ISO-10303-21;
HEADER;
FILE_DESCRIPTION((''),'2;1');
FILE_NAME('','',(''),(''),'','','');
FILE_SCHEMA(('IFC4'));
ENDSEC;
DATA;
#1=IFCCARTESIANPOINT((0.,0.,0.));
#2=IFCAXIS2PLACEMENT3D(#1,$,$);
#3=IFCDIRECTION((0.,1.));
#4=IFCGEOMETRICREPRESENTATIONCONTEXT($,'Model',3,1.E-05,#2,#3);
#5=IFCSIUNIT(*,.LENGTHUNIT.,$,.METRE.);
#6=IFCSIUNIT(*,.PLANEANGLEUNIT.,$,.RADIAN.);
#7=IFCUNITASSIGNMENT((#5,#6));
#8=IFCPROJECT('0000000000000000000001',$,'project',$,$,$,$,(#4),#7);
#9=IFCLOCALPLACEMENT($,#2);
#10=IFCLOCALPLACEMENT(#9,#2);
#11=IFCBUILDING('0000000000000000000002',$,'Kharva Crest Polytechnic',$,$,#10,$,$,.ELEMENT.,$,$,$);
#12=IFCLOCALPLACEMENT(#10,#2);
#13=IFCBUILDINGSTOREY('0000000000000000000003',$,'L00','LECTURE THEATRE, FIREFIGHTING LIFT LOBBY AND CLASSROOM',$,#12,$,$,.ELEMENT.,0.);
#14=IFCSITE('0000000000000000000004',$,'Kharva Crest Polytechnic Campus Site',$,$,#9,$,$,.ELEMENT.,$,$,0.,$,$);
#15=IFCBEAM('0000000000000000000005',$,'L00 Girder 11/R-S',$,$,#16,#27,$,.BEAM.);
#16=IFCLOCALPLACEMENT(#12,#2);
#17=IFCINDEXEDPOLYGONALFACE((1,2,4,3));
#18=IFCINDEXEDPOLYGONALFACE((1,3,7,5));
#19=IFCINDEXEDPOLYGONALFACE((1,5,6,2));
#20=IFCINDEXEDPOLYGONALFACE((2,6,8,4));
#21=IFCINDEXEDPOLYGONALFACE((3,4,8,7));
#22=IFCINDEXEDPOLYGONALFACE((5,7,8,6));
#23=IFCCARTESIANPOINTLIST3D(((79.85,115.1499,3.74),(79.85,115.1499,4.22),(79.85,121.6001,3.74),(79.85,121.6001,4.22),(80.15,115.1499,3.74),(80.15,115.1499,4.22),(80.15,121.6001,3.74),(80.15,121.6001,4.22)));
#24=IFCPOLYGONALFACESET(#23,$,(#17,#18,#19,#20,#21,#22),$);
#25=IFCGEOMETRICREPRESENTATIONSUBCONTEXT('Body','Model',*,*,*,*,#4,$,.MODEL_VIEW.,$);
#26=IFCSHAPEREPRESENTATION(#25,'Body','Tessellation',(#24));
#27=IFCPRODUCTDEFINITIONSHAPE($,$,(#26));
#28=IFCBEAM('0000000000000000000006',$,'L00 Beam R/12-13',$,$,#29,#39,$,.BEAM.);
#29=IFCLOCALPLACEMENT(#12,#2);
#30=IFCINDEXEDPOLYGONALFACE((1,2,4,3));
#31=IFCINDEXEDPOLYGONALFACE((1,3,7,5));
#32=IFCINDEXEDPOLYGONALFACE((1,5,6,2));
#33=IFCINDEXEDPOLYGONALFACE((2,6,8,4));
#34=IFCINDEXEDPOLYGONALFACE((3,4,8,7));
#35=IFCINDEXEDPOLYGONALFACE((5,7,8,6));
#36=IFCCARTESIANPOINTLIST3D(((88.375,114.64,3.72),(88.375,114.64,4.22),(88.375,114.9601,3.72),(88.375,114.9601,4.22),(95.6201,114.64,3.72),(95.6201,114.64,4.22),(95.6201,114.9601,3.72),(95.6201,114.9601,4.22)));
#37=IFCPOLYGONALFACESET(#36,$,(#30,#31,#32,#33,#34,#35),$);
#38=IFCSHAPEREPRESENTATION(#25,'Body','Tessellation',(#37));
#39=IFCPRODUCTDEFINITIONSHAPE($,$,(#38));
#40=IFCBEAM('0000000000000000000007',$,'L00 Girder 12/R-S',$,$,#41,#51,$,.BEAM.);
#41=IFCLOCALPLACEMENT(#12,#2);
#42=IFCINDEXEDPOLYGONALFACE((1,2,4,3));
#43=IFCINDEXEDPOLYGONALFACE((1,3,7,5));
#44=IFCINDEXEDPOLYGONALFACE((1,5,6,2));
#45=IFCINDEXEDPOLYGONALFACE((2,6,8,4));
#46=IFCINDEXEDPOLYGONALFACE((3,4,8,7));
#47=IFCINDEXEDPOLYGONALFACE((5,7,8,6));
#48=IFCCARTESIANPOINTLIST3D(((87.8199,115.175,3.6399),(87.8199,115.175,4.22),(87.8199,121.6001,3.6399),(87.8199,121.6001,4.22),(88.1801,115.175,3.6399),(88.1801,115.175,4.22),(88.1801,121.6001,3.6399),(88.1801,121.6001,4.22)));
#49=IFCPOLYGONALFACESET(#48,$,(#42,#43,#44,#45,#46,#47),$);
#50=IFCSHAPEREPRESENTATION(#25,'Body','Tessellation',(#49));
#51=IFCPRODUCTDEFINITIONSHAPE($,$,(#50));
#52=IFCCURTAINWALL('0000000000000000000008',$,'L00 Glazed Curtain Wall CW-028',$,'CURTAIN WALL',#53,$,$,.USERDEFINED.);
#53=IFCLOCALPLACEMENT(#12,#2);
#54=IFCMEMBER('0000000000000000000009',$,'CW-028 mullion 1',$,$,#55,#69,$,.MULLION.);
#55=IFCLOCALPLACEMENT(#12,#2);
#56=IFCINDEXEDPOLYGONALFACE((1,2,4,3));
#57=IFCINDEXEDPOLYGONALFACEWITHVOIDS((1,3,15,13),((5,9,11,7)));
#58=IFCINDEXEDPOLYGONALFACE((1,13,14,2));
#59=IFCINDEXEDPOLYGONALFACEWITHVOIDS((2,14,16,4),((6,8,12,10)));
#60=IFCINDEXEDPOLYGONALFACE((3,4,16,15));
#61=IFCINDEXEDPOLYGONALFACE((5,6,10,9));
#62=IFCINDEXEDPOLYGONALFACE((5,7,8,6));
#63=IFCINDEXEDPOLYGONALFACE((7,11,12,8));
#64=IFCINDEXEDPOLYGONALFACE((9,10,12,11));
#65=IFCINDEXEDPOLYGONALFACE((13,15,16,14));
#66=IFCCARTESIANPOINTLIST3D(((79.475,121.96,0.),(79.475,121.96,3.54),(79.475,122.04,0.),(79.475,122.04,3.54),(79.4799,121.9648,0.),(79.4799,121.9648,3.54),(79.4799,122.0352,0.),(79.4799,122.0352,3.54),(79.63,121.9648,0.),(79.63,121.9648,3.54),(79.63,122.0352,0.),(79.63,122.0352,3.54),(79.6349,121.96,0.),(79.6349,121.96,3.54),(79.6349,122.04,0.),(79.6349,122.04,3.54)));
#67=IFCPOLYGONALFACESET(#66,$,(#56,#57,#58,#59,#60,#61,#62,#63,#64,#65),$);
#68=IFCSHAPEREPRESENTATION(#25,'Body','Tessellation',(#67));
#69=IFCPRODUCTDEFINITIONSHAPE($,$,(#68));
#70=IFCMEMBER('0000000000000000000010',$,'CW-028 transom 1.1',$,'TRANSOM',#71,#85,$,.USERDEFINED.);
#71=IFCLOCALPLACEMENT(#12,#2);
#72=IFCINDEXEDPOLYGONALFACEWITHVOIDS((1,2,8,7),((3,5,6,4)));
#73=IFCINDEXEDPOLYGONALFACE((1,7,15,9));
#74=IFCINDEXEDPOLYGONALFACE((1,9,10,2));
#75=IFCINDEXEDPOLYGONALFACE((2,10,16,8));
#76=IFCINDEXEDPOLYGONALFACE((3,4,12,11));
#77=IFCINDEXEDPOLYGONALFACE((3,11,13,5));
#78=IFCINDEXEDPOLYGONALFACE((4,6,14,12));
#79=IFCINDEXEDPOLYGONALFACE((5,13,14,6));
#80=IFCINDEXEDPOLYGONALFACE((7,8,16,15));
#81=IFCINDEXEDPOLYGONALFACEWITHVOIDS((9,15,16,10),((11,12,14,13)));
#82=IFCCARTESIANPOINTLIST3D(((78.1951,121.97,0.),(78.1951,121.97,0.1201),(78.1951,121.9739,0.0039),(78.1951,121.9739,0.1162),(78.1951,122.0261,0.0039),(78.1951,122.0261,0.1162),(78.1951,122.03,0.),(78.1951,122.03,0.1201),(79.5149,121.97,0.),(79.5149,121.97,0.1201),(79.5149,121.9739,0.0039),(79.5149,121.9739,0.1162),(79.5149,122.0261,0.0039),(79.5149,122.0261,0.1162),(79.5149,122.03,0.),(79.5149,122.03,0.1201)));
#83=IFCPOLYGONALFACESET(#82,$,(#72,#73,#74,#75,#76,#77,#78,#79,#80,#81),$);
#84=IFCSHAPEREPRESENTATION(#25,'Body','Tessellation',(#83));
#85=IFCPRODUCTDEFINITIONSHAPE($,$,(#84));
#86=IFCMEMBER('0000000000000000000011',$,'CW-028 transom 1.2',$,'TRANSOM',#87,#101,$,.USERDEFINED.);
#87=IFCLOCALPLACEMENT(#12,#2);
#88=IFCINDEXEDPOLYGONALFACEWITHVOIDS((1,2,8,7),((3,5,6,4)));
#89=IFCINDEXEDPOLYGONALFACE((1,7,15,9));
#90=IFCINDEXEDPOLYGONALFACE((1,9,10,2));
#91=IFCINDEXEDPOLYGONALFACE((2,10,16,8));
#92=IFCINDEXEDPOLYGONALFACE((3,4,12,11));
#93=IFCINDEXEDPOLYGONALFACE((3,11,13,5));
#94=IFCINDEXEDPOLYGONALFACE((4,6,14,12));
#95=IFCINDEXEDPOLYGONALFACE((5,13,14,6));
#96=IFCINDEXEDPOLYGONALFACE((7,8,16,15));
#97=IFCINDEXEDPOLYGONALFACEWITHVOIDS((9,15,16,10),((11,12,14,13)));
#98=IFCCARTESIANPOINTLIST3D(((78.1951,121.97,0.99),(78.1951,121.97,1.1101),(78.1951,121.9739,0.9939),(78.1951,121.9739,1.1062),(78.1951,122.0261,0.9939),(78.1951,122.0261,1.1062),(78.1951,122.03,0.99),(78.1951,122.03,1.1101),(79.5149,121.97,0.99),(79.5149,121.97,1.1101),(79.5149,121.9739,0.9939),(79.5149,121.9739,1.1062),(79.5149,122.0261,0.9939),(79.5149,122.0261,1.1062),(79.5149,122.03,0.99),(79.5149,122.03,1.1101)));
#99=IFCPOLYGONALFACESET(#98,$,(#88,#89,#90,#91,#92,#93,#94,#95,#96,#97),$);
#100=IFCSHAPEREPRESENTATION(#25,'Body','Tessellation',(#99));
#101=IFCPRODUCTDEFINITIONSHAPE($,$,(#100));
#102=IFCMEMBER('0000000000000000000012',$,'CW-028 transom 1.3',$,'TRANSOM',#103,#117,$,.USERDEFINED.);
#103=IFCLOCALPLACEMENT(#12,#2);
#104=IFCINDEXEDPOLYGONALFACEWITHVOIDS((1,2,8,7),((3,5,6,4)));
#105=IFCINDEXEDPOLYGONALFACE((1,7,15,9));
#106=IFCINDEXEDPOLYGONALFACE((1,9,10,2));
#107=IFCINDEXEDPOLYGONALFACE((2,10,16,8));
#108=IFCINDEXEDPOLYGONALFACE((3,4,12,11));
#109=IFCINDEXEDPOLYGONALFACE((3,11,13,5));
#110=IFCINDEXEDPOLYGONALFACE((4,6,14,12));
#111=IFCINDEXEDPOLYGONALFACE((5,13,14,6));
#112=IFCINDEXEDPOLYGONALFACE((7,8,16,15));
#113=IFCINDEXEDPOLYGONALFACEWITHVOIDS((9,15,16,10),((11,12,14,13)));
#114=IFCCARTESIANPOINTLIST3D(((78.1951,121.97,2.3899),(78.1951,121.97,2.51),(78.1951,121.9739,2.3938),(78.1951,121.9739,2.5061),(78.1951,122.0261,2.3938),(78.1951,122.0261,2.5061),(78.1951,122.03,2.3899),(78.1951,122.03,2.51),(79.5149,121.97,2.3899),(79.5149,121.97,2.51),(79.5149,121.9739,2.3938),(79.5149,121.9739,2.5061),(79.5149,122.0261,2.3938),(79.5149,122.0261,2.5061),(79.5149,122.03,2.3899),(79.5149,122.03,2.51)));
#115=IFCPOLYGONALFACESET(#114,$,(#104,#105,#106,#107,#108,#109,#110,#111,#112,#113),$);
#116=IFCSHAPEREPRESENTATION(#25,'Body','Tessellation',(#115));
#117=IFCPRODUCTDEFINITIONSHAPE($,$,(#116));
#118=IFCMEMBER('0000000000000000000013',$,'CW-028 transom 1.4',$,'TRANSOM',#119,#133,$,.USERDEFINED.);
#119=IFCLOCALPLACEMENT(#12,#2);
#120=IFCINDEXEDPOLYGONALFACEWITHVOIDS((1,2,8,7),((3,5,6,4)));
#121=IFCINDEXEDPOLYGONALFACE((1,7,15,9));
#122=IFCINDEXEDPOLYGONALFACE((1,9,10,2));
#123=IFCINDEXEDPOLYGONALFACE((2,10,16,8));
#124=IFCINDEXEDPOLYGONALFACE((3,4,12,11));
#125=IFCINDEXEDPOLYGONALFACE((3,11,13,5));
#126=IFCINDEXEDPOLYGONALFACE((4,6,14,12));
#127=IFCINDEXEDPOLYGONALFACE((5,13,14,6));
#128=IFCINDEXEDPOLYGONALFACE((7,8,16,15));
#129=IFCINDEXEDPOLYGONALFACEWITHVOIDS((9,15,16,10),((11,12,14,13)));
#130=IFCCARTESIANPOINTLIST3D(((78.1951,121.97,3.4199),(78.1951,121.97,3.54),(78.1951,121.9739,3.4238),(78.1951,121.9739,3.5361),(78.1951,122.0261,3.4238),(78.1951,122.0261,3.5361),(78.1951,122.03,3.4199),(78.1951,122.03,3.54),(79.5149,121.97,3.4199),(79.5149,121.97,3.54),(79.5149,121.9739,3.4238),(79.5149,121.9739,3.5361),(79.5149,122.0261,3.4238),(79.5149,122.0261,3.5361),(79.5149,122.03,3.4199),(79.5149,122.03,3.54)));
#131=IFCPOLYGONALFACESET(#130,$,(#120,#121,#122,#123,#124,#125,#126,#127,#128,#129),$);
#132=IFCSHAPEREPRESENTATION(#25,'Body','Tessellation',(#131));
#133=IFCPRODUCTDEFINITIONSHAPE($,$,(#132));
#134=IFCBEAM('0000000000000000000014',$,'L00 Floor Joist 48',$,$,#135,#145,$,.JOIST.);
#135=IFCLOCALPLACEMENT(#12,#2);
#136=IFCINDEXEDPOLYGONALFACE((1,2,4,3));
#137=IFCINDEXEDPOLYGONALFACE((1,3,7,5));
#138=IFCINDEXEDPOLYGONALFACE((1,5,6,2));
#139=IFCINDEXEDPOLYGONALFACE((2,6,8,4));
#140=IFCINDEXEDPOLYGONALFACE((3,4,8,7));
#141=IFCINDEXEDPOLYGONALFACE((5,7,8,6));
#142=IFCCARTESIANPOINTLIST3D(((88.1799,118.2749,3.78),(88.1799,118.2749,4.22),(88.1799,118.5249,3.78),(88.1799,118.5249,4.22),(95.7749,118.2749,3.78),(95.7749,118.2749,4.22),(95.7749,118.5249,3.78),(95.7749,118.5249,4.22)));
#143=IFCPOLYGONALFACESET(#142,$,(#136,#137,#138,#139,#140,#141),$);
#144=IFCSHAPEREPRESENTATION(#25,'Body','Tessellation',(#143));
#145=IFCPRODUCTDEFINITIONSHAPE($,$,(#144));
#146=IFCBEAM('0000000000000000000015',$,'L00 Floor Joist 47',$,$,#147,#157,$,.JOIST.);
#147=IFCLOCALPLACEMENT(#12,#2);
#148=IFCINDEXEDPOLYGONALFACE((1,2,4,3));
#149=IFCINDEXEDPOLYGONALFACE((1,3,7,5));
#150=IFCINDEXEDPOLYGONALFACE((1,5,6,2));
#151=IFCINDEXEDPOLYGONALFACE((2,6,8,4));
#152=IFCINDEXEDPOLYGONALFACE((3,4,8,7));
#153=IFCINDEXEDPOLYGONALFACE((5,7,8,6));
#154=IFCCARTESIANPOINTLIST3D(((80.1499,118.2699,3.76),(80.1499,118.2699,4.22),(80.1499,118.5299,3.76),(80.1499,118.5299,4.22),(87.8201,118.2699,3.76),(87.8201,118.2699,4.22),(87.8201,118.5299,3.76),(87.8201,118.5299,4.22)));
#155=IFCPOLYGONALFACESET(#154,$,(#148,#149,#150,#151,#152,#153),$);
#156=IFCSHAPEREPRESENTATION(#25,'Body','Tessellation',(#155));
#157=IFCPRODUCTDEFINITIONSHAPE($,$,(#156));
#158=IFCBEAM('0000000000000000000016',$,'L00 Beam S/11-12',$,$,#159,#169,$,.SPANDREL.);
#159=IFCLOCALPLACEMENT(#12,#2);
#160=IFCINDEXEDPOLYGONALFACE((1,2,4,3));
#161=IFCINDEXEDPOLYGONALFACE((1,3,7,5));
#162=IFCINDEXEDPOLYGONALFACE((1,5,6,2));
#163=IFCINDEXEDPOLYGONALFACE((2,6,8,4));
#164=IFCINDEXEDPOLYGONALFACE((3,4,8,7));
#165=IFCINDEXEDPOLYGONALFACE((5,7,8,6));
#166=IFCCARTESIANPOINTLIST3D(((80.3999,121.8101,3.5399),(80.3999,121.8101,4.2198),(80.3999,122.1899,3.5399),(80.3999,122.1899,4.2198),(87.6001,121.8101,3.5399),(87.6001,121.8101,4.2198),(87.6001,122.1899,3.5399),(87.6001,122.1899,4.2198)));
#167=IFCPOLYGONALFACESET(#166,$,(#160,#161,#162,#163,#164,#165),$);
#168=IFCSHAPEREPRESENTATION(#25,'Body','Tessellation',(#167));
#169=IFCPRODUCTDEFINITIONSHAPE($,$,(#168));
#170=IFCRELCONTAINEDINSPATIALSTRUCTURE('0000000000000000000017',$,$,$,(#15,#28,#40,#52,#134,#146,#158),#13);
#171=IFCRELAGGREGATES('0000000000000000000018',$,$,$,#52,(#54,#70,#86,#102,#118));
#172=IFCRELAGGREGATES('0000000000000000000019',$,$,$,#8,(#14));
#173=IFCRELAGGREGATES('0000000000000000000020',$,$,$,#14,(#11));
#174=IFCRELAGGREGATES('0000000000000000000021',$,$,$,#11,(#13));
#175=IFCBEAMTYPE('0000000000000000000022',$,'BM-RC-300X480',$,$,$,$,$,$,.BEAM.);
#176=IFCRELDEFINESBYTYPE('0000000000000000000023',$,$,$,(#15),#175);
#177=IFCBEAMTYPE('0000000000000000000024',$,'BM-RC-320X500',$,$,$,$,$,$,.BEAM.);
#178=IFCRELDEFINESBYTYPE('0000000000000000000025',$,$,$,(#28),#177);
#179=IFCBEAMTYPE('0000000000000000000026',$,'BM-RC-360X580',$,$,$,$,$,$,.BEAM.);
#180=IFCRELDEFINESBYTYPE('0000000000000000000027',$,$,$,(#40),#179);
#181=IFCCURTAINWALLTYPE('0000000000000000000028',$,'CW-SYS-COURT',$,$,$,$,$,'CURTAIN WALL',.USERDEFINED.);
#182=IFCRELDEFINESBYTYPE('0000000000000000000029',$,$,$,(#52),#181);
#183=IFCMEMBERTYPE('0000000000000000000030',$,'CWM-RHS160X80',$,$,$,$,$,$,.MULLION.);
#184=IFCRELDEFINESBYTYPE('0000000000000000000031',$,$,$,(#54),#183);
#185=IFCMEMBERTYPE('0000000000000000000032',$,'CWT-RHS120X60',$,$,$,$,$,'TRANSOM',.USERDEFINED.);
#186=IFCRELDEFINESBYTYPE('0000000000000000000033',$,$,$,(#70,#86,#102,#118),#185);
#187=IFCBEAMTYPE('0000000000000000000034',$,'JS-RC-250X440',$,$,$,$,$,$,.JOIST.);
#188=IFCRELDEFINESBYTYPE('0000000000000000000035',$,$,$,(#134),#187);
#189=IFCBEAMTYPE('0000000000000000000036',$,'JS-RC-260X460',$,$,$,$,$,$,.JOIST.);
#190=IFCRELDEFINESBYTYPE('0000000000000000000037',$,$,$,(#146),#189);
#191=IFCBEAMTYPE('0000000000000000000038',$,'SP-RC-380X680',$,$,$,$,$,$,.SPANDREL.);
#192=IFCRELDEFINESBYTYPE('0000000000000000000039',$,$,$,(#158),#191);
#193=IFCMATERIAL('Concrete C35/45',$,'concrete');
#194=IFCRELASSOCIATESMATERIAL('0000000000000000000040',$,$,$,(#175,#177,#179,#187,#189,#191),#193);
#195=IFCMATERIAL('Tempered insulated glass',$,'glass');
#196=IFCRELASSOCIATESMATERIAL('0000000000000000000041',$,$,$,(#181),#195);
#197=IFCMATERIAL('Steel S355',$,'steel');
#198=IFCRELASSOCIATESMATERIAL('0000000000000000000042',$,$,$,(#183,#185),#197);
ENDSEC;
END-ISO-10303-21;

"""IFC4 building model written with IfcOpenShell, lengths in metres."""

from ifc_helpers import new_model, si_unit, direction, frame, origin, origin_2d, place, context, subcontext, project, spatial, rectangle, hollow_rectangle, extrude, material, material_profile, profile_set, type_object, element, aggregate, save


model = new_model("IFC4")

# Units and contexts
model_context = context("Model", 3, precision=1e-05, world=origin(), true_north=direction((0.0, 1.0)))
body_context = subcontext(model_context, "Body", "Model", "MODEL_VIEW")
ifc_project = project(units=[si_unit("LENGTHUNIT", "METRE"), si_unit("PLANEANGLEUNIT", "RADIAN")], contexts=[model_context])

# Site, building, storey
site_placement = place(None, origin())
site = spatial("IfcSite", under=ifc_project, at=site_placement, Name="Kharva Crest Polytechnic Campus Site", CompositionType="ELEMENT", RefElevation=0.0)
building_placement = place(site_placement, origin())
building = spatial("IfcBuilding", under=site, at=building_placement, Name="Kharva Crest Polytechnic", CompositionType="ELEMENT")
storey_placement = place(building_placement, origin())
storey = spatial("IfcBuildingStorey", under=building, at=storey_placement, Name="L00", Description="LECTURE THEATRE, FIREFIGHTING LIFT LOBBY AND CLASSROOM", CompositionType="ELEMENT", Elevation=0.0)

# Shared definitions
ifc_material_1 = material(Name="Concrete C35/45", Category="concrete")

# Beams
ifc_material_profile_1 = material_profile(ifc_material_1, rectangle(XDim=0.3, YDim=0.48, at=origin_2d()), Name="RECT 300 X 480")
ifc_profile_set_1 = profile_set([ifc_material_profile_1], Name="Concrete C35/45")
beam_type_1 = type_object("IfcBeamType", Name="BM-RC-300X480", PredefinedType="BEAM", material=ifc_profile_set_1)
beam_1_placement = place(storey_placement, frame((80.0, 115.1499, 3.98), z_axis=(0.0, 1.0, 0.0), x_axis=(-1.0, 0.0, 0.0)))
element("IfcBeam", 1, at=beam_1_placement, inside=storey, type_object=beam_type_1, Name="L00 Girder 11/R-S", PredefinedType="BEAM", context=body_context, shape_type="SweptSolid", body=[
    extrude(rectangle(XDim=0.3, YDim=0.48, at=origin_2d()), origin(), (0.0, 0.0, 1.0), 6.4502),
])
ifc_material_profile_2 = material_profile(ifc_material_1, rectangle(XDim=0.3201, YDim=0.5, at=origin_2d()), Name="RECT 320 X 500")
ifc_profile_set_2 = profile_set([ifc_material_profile_2], Name="Concrete C35/45")
beam_type_2 = type_object("IfcBeamType", Name="BM-RC-320X500", PredefinedType="BEAM", material=ifc_profile_set_2)
beam_2_placement = place(storey_placement, frame((88.375, 114.8, 3.97), z_axis=(1.0, 0.0, 0.0), x_axis=(0.0, 1.0, 0.0)))
element("IfcBeam", 2, at=beam_2_placement, inside=storey, type_object=beam_type_2, Name="L00 Beam R/12-13", PredefinedType="BEAM", context=body_context, shape_type="SweptSolid", body=[
    extrude(rectangle(XDim=0.3201, YDim=0.5, at=origin_2d()), origin(), (0.0, 0.0, 1.0), 7.2451),
])
ifc_material_profile_3 = material_profile(ifc_material_1, rectangle(XDim=0.3601, YDim=0.5801, at=origin_2d()), Name="RECT 360 X 580")
ifc_profile_set_3 = profile_set([ifc_material_profile_3], Name="Concrete C35/45")
beam_type_3 = type_object("IfcBeamType", Name="BM-RC-360X580", PredefinedType="BEAM", material=ifc_profile_set_3)
beam_3_placement = place(storey_placement, frame((88.0, 115.175, 3.9299), z_axis=(0.0, 1.0, 0.0), x_axis=(-1.0, 0.0, 0.0)))
element("IfcBeam", 3, at=beam_3_placement, inside=storey, type_object=beam_type_3, Name="L00 Girder 12/R-S", PredefinedType="BEAM", context=body_context, shape_type="SweptSolid", body=[
    extrude(rectangle(XDim=0.3601, YDim=0.5801, at=origin_2d()), origin(), (0.0, 0.0, 1.0), 6.425),
])

# Curtain wall, members
ifc_material_2 = material(Name="Tempered insulated glass", Category="glass")
curtain_wall_type = type_object("IfcCurtainWallType", Name="CW-SYS-COURT", ElementType="CURTAIN WALL", PredefinedType="USERDEFINED", material=ifc_material_2)
curtain_wall_placement = place(storey_placement, origin())
curtain_wall = element("IfcCurtainWall", 4, at=curtain_wall_placement, inside=storey, type_object=curtain_wall_type, Name="L00 Glazed Curtain Wall CW-028", ObjectType="CURTAIN WALL", PredefinedType="USERDEFINED")
ifc_material_3 = material(Name="Steel S355", Category="steel")
ifc_material_profile_4 = material_profile(ifc_material_3, hollow_rectangle(XDim=0.0801, YDim=0.1599, WallThickness=0.0049, at=origin_2d()), Name="RHS 160X80X5.0")
ifc_profile_set_4 = profile_set([ifc_material_profile_4], Name="Steel S355")
member_type_1 = type_object("IfcMemberType", Name="CWM-RHS160X80", PredefinedType="MULLION", material=ifc_profile_set_4)
member_1_placement = place(storey_placement, frame((79.5549, 122.0, 0.0), z_axis=(0.0, 0.0, 1.0), x_axis=(0.0, -1.0, 0.0)))
member_1 = element("IfcMember", 5, at=member_1_placement, type_object=member_type_1, Name="CW-028 mullion 1", PredefinedType="MULLION", context=body_context, shape_type="SweptSolid", body=[
    extrude(hollow_rectangle(XDim=0.0801, YDim=0.1599, WallThickness=0.0049, at=origin_2d()), origin(), (0.0, 0.0, 1.0), 3.54),
])
ifc_material_profile_5 = material_profile(ifc_material_3, hollow_rectangle(XDim=0.0601, YDim=0.1201, WallThickness=0.0039, at=origin_2d()), Name="RHS 120X60X4.0")
ifc_profile_set_5 = profile_set([ifc_material_profile_5], Name="Steel S355")
member_type_2 = type_object("IfcMemberType", Name="CWT-RHS120X60", ElementType="TRANSOM", PredefinedType="USERDEFINED", material=ifc_profile_set_5)
member_2_placement = place(storey_placement, frame((79.5149, 122.0, 0.0601), z_axis=(-1.0, 0.0, 0.0), x_axis=(0.0, -1.0, 0.0)))
member_2 = element("IfcMember", 6, at=member_2_placement, type_object=member_type_2, Name="CW-028 transom 1.1", ObjectType="TRANSOM", PredefinedType="USERDEFINED", context=body_context, shape_type="SweptSolid", body=[
    extrude(hollow_rectangle(XDim=0.0601, YDim=0.1201, WallThickness=0.0039, at=origin_2d()), origin(), (0.0, 0.0, 1.0), 1.3198),
])
member_3_placement = place(storey_placement, frame((79.5149, 122.0, 1.05), z_axis=(-1.0, 0.0, 0.0), x_axis=(0.0, -1.0, 0.0)))
member_3 = element("IfcMember", 7, at=member_3_placement, type_object=member_type_2, Name="CW-028 transom 1.2", ObjectType="TRANSOM", PredefinedType="USERDEFINED", context=body_context, shape_type="SweptSolid", body=[
    extrude(hollow_rectangle(XDim=0.0601, YDim=0.1201, WallThickness=0.0039, at=origin_2d()), origin(), (0.0, 0.0, 1.0), 1.3198),
])
member_4_placement = place(storey_placement, frame((79.5149, 122.0, 2.45), z_axis=(-1.0, 0.0, 0.0), x_axis=(0.0, -1.0, 0.0)))
member_4 = element("IfcMember", 8, at=member_4_placement, type_object=member_type_2, Name="CW-028 transom 1.3", ObjectType="TRANSOM", PredefinedType="USERDEFINED", context=body_context, shape_type="SweptSolid", body=[
    extrude(hollow_rectangle(XDim=0.0601, YDim=0.1201, WallThickness=0.0039, at=origin_2d()), origin(), (0.0, 0.0, 1.0), 1.3198),
])
member_5_placement = place(storey_placement, frame((79.5149, 122.0, 3.48), z_axis=(-1.0, 0.0, 0.0), x_axis=(0.0, -1.0, 0.0)))
member_5 = element("IfcMember", 9, at=member_5_placement, type_object=member_type_2, Name="CW-028 transom 1.4", ObjectType="TRANSOM", PredefinedType="USERDEFINED", context=body_context, shape_type="SweptSolid", body=[
    extrude(hollow_rectangle(XDim=0.0601, YDim=0.1201, WallThickness=0.0039, at=origin_2d()), origin(), (0.0, 0.0, 1.0), 1.3198),
])

# Beams
ifc_material_profile_6 = material_profile(ifc_material_1, rectangle(XDim=0.25, YDim=0.4399, at=origin_2d()), Name="RECT 250 X 440")
ifc_profile_set_6 = profile_set([ifc_material_profile_6], Name="Concrete C35/45")
beam_type_4 = type_object("IfcBeamType", Name="JS-RC-250X440", PredefinedType="JOIST", material=ifc_profile_set_6)
beam_4_placement = place(storey_placement, frame((88.1799, 118.3999, 4.0), z_axis=(1.0, 0.0, 0.0), x_axis=(0.0, 1.0, 0.0)))
element("IfcBeam", 10, at=beam_4_placement, inside=storey, type_object=beam_type_4, Name="L00 Floor Joist 48", PredefinedType="JOIST", context=body_context, shape_type="SweptSolid", body=[
    extrude(rectangle(XDim=0.25, YDim=0.4399, at=origin_2d()), origin(), (0.0, 0.0, 1.0), 7.595),
])
ifc_material_profile_7 = material_profile(ifc_material_1, rectangle(XDim=0.26, YDim=0.46, at=origin_2d()), Name="RECT 260 X 460")
ifc_profile_set_7 = profile_set([ifc_material_profile_7], Name="Concrete C35/45")
beam_type_5 = type_object("IfcBeamType", Name="JS-RC-260X460", PredefinedType="JOIST", material=ifc_profile_set_7)
beam_5_placement = place(storey_placement, frame((80.1499, 118.3999, 3.99), z_axis=(1.0, 0.0, 0.0), x_axis=(0.0, 1.0, 0.0)))
element("IfcBeam", 11, at=beam_5_placement, inside=storey, type_object=beam_type_5, Name="L00 Floor Joist 47", PredefinedType="JOIST", context=body_context, shape_type="SweptSolid", body=[
    extrude(rectangle(XDim=0.26, YDim=0.46, at=origin_2d()), origin(), (0.0, 0.0, 1.0), 7.6702),
])
ifc_material_profile_8 = material_profile(ifc_material_1, rectangle(XDim=0.3799, YDim=0.6799, at=origin_2d()), Name="RECT 380 X 680")
ifc_profile_set_8 = profile_set([ifc_material_profile_8], Name="Concrete C35/45")
beam_type_6 = type_object("IfcBeamType", Name="SP-RC-380X680", PredefinedType="SPANDREL", material=ifc_profile_set_8)
beam_6_placement = place(storey_placement, frame((80.3999, 122.0, 3.8799), z_axis=(1.0, 0.0, 0.0), x_axis=(0.0, 1.0, 0.0)))
element("IfcBeam", 12, at=beam_6_placement, inside=storey, type_object=beam_type_6, Name="L00 Beam S/11-12", PredefinedType="SPANDREL", context=body_context, shape_type="SweptSolid", body=[
    extrude(rectangle(XDim=0.3799, YDim=0.6799, at=origin_2d()), origin(), (0.0, 0.0, 1.0), 7.2002),
])

aggregate(curtain_wall, [member_1, member_2, member_3, member_4, member_5])

save(model, "model.ifc")
